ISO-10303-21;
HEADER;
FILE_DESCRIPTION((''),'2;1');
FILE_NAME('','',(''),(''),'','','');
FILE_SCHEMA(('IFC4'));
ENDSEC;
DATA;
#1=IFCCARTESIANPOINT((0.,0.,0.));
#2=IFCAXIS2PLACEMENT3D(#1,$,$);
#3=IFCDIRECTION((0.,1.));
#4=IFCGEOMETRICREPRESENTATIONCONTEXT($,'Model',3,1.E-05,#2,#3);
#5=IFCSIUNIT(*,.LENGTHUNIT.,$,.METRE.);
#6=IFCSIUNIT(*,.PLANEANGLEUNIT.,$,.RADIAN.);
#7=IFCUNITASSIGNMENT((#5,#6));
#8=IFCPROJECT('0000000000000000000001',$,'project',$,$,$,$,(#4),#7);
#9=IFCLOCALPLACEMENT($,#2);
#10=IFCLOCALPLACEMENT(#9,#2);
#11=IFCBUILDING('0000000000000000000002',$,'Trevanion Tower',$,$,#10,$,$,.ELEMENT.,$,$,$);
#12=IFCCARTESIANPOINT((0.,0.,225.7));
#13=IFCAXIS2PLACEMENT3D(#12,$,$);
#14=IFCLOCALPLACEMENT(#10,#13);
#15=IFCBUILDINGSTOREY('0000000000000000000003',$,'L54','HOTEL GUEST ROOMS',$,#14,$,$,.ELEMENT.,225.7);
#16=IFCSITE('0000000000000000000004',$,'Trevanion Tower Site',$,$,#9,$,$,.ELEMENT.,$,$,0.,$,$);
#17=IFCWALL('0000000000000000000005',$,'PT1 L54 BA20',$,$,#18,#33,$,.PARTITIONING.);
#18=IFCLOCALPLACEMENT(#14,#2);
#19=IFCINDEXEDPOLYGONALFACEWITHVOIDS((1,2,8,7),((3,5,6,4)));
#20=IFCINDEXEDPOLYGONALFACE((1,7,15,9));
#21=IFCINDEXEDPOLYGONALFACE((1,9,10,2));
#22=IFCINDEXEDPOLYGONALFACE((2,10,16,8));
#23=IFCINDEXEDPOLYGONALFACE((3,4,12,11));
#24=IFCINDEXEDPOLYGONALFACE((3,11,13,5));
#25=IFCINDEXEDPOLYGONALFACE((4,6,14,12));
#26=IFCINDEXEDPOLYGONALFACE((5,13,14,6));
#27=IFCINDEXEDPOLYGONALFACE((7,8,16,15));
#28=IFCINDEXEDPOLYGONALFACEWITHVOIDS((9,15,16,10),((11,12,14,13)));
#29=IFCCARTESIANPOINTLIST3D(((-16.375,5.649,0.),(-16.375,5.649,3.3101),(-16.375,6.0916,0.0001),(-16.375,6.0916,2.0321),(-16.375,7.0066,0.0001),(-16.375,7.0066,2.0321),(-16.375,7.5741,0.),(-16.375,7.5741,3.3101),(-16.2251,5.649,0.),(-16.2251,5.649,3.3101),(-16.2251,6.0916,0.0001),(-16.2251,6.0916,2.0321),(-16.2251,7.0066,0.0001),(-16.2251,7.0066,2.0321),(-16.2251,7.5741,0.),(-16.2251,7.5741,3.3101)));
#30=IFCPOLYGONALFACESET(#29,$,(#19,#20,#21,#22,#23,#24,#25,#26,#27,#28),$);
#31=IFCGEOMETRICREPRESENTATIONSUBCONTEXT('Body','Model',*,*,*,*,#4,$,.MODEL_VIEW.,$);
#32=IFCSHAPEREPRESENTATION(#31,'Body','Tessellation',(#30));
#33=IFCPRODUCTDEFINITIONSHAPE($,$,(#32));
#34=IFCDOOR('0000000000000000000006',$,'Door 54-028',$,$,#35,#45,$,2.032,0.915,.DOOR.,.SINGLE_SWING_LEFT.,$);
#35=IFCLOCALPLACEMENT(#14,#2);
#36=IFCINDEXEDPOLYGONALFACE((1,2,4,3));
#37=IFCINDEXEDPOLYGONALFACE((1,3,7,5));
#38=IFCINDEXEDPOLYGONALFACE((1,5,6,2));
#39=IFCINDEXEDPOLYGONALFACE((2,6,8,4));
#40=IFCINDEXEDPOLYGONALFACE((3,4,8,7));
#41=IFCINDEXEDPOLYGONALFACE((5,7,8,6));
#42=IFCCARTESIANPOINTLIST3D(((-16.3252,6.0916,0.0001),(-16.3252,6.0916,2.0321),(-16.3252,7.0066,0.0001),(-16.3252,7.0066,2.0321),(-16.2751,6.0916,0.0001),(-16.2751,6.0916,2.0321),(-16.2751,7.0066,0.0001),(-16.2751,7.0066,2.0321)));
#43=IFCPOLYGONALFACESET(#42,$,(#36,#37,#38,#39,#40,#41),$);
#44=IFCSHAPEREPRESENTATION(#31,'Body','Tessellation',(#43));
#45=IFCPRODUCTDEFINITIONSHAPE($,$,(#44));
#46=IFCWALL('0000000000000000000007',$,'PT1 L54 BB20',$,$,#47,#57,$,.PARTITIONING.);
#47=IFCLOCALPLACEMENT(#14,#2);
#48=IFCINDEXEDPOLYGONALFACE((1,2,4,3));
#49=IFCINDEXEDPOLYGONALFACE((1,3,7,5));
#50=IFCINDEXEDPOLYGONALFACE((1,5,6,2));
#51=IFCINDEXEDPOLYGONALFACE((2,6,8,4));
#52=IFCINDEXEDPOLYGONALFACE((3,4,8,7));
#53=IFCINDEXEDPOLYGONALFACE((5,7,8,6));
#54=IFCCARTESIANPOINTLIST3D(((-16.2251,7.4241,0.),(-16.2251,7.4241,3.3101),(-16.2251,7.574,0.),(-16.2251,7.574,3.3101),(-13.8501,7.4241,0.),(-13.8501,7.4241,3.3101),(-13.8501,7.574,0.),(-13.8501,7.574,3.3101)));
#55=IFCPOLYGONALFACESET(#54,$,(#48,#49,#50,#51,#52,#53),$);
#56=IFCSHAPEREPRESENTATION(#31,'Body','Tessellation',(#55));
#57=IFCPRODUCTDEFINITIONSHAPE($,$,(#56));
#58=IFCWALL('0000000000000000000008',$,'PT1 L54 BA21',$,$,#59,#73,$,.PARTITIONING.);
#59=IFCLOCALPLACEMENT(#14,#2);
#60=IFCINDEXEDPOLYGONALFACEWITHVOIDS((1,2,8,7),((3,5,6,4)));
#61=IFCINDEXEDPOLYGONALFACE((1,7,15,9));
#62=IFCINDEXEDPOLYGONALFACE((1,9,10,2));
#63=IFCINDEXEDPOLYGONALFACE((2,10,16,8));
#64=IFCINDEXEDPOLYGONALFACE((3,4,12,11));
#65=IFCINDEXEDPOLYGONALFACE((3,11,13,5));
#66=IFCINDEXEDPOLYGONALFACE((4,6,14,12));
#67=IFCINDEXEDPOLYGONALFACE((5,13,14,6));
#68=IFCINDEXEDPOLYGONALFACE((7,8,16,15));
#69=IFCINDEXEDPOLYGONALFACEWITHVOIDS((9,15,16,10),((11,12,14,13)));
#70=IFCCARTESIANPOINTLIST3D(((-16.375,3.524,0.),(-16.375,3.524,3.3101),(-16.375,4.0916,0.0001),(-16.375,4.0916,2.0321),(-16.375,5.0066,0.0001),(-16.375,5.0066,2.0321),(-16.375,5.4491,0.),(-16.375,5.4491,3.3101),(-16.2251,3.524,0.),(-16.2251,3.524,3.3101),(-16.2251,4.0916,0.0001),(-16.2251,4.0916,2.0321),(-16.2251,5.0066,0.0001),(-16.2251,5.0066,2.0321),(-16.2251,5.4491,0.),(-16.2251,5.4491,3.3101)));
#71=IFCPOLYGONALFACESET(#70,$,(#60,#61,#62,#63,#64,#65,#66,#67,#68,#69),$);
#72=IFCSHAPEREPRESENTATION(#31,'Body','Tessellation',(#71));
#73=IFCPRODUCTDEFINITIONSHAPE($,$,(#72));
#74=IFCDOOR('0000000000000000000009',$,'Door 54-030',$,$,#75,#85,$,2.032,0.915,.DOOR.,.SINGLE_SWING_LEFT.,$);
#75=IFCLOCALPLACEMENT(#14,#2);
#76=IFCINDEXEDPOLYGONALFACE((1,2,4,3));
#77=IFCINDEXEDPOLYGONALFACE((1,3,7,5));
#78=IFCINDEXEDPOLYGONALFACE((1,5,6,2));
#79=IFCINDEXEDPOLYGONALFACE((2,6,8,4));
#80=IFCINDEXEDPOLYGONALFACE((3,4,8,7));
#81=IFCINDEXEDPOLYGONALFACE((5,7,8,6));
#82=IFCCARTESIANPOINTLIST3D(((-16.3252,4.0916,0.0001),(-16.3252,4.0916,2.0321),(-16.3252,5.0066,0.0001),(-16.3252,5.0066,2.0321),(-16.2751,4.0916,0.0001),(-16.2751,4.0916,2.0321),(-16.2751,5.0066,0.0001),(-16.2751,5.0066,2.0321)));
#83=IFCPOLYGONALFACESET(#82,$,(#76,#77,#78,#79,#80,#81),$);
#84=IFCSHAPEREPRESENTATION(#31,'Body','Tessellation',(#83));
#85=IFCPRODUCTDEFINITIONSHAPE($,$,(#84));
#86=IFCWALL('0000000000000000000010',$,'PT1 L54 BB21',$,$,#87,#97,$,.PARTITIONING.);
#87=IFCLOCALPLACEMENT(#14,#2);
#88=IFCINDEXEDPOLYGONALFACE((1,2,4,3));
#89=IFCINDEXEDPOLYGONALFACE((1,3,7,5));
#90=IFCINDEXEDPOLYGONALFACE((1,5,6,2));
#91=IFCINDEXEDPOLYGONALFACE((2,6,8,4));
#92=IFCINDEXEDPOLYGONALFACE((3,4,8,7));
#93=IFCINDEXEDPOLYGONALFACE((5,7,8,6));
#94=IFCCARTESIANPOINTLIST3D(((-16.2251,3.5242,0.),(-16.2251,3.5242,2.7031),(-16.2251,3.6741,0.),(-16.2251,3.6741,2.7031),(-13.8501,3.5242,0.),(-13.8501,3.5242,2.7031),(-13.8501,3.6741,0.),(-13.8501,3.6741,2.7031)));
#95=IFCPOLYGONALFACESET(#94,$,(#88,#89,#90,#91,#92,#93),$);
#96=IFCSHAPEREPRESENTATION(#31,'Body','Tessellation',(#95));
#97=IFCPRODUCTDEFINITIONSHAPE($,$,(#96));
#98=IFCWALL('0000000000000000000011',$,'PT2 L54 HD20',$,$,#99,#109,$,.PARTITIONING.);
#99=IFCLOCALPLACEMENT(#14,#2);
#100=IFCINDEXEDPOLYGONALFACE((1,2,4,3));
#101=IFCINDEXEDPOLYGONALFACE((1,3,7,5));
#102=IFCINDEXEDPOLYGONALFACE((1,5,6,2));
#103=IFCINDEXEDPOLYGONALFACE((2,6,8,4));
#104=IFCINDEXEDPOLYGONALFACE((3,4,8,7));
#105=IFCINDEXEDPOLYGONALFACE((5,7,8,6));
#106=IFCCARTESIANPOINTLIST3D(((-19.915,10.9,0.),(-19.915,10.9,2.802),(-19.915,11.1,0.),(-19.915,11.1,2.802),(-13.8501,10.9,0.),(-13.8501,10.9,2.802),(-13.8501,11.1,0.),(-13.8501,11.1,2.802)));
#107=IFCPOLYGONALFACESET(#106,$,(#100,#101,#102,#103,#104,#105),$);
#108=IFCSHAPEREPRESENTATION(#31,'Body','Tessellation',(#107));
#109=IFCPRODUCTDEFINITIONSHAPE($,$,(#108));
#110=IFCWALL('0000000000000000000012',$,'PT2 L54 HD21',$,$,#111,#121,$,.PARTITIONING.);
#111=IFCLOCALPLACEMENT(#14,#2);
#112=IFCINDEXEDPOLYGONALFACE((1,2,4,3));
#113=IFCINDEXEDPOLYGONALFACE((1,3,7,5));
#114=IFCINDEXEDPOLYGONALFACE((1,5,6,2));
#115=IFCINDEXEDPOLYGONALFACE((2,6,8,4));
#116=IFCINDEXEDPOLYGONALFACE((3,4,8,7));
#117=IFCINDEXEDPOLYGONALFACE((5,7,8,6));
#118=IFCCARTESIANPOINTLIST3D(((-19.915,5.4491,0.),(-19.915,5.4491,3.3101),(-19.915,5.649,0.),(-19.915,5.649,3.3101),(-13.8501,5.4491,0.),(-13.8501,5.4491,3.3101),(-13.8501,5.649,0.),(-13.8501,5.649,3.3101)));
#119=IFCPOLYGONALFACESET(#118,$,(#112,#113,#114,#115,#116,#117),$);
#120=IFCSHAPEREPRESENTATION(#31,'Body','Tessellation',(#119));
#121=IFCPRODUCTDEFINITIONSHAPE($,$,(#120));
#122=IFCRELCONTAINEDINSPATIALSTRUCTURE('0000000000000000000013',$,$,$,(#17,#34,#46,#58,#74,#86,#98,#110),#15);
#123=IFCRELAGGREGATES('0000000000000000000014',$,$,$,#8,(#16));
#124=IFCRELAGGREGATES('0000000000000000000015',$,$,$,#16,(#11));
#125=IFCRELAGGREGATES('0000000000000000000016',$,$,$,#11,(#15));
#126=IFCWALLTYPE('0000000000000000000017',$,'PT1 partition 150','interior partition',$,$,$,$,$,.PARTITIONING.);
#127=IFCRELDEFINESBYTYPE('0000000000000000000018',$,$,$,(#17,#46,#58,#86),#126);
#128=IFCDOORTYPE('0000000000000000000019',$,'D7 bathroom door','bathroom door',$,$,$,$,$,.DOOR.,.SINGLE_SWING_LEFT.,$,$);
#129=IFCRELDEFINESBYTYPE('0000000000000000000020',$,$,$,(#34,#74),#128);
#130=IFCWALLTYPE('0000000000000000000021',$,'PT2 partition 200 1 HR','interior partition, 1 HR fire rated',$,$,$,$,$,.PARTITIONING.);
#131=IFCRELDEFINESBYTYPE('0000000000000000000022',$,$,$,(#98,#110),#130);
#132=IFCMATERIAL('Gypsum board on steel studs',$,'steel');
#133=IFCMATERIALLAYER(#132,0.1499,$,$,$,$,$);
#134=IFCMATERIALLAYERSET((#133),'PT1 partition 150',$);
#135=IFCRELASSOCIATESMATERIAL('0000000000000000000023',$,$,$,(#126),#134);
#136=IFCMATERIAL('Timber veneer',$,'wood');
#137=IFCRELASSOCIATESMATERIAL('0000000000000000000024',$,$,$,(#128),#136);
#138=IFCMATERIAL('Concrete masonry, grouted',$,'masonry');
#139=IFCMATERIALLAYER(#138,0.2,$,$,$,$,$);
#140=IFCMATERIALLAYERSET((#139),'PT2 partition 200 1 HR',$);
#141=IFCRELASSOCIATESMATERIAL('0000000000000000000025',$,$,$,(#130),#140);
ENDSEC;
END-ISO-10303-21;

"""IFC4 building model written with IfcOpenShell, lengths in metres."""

from ifc_helpers import new_model, si_unit, direction, frame, frame_2d, origin, place, context, subcontext, project, spatial, rectangle, extrude, material, layer, layer_set, type_object, element, fill, save


model = new_model("IFC4")

# Units and contexts
model_context = context("Model", 3, precision=1e-05, world=origin(), true_north=direction((0.0, 1.0)))
body_context = subcontext(model_context, "Body", "Model", "MODEL_VIEW")
ifc_project = project(units=[si_unit("LENGTHUNIT", "METRE"), si_unit("PLANEANGLEUNIT", "RADIAN")], contexts=[model_context])

# Site, building, storey
site_placement = place(None, origin())
site = spatial("IfcSite", under=ifc_project, at=site_placement, Name="Trevanion Tower Site", CompositionType="ELEMENT", RefElevation=0.0)
building_placement = place(site_placement, origin())
building = spatial("IfcBuilding", under=site, at=building_placement, Name="Trevanion Tower", CompositionType="ELEMENT")
storey_placement = place(building_placement, frame((0.0, 0.0, 225.7)))
storey = spatial("IfcBuildingStorey", under=building, at=storey_placement, Name="L54", Description="HOTEL GUEST ROOMS", CompositionType="ELEMENT", Elevation=225.7)

# Wall, opening, door
ifc_material_1 = material(Name="Gypsum board on steel studs", Category="steel")
ifc_layer_1 = layer(ifc_material_1, 0.1499)
ifc_layer_set_1 = layer_set([ifc_layer_1], Name="PT1 partition 150")
wall_type_1 = type_object("IfcWallType", Name="PT1 partition 150", Description="interior partition", PredefinedType="PARTITIONING", material=ifc_layer_set_1)
wall_1_placement = place(storey_placement, frame((-16.3, 7.574, 0.0), z_axis=(0.0, 0.0, 1.0), x_axis=(0.0, -1.0, 0.0)))
wall_1 = element("IfcWall", 1, at=wall_1_placement, inside=storey, type_object=wall_type_1, Name="PT1 L54 BA20", PredefinedType="PARTITIONING", context=body_context, shape_type="SweptSolid", body=[
    extrude(rectangle(XDim=1.925, YDim=0.1499, at=frame_2d((0.9624, 0.0))), origin(), (0.0, 0.0, 1.0), 3.3101),
])
opening_1_placement = place(wall_1_placement, frame((0.5674, 0.0, 0.0)))
opening_1 = element("IfcOpeningElement", 2, at=opening_1_placement, cuts=wall_1, PredefinedType="OPENING", context=body_context, shape_type="SweptSolid", body=[
    extrude(rectangle(XDim=0.915, YDim=2.032, at=frame_2d((0.4575, 1.0161))), frame((0.0, 0.085, 0.0), z_axis=(0.0, -1.0, 0.0), x_axis=(1.0, 0.0, 0.0)), (0.0, 0.0, 1.0), 0.1699),
])
ifc_material_2 = material(Name="Timber veneer", Category="wood")
door_type = type_object("IfcDoorType", Name="D7 bathroom door", Description="bathroom door", OperationType="SINGLE_SWING_LEFT", PredefinedType="DOOR", material=ifc_material_2)
door_1_placement = place(opening_1_placement, origin())
door_1 = element("IfcDoor", 3, at=door_1_placement, inside=storey, type_object=door_type, Name="Door 54-028", OperationType="SINGLE_SWING_LEFT", OverallHeight=2.032, OverallWidth=0.915, PredefinedType="DOOR", context=body_context, shape_type="SweptSolid", body=[
    extrude(rectangle(XDim=0.915, YDim=2.032, at=frame_2d((0.4575, 1.0161))), frame((0.0, 0.0249, 0.0), z_axis=(0.0, -1.0, 0.0), x_axis=(1.0, 0.0, 0.0)), (0.0, 0.0, 1.0), 0.05),
])
fill(opening_1, door_1)

# Wall
wall_2_placement = place(storey_placement, frame((-13.8501, 7.499, 0.0), z_axis=(0.0, 0.0, 1.0), x_axis=(-1.0, 0.0, 0.0)))
element("IfcWall", 4, at=wall_2_placement, inside=storey, type_object=wall_type_1, Name="PT1 L54 BB20", PredefinedType="PARTITIONING", context=body_context, shape_type="SweptSolid", body=[
    extrude(rectangle(XDim=2.375, YDim=0.1499, at=frame_2d((1.1875, 0.0))), origin(), (0.0, 0.0, 1.0), 3.3101),
])

# Wall, opening, door
wall_3_placement = place(storey_placement, frame((-16.3, 5.449, 0.0), z_axis=(0.0, 0.0, 1.0), x_axis=(0.0, -1.0, 0.0)))
wall_3 = element("IfcWall", 5, at=wall_3_placement, inside=storey, type_object=wall_type_1, Name="PT1 L54 BA21", PredefinedType="PARTITIONING", context=body_context, shape_type="SweptSolid", body=[
    extrude(rectangle(XDim=1.925, YDim=0.1499, at=frame_2d((0.9624, 0.0))), origin(), (0.0, 0.0, 1.0), 3.3101),
])
opening_2_placement = place(wall_3_placement, frame((0.4424, 0.0, 0.0)))
opening_2 = element("IfcOpeningElement", 6, at=opening_2_placement, cuts=wall_3, PredefinedType="OPENING", context=body_context, shape_type="SweptSolid", body=[
    extrude(rectangle(XDim=0.915, YDim=2.032, at=frame_2d((0.4575, 1.0161))), frame((0.0, 0.085, 0.0), z_axis=(0.0, -1.0, 0.0), x_axis=(1.0, 0.0, 0.0)), (0.0, 0.0, 1.0), 0.1699),
])
door_2_placement = place(opening_2_placement, origin())
door_2 = element("IfcDoor", 7, at=door_2_placement, inside=storey, type_object=door_type, Name="Door 54-030", OperationType="SINGLE_SWING_LEFT", OverallHeight=2.032, OverallWidth=0.915, PredefinedType="DOOR", context=body_context, shape_type="SweptSolid", body=[
    extrude(rectangle(XDim=0.915, YDim=2.032, at=frame_2d((0.4575, 1.0161))), frame((0.0, 0.0249, 0.0), z_axis=(0.0, -1.0, 0.0), x_axis=(1.0, 0.0, 0.0)), (0.0, 0.0, 1.0), 0.05),
])
fill(opening_2, door_2)

# Walls
wall_4_placement = place(storey_placement, frame((-13.8501, 3.5991, 0.0), z_axis=(0.0, 0.0, 1.0), x_axis=(-1.0, 0.0, 0.0)))
element("IfcWall", 8, at=wall_4_placement, inside=storey, type_object=wall_type_1, Name="PT1 L54 BB21", PredefinedType="PARTITIONING", context=body_context, shape_type="SweptSolid", body=[
    extrude(rectangle(XDim=2.375, YDim=0.1499, at=frame_2d((1.1875, 0.0))), origin(), (0.0, 0.0, 1.0), 2.7031),
])
ifc_material_3 = material(Name="Concrete masonry, grouted", Category="masonry")
ifc_layer_2 = layer(ifc_material_3, 0.2)
ifc_layer_set_2 = layer_set([ifc_layer_2], Name="PT2 partition 200 1 HR")
wall_type_2 = type_object("IfcWallType", Name="PT2 partition 200 1 HR", Description="interior partition, 1 HR fire rated", PredefinedType="PARTITIONING", material=ifc_layer_set_2)
wall_5_placement = place(storey_placement, frame((-13.8501, 11.0, 0.0), z_axis=(0.0, 0.0, 1.0), x_axis=(-1.0, 0.0, 0.0)))
element("IfcWall", 9, at=wall_5_placement, inside=storey, type_object=wall_type_2, Name="PT2 L54 HD20", PredefinedType="PARTITIONING", context=body_context, shape_type="SweptSolid", body=[
    extrude(rectangle(XDim=6.0649, YDim=0.2, at=frame_2d((3.0325, 0.0))), origin(), (0.0, 0.0, 1.0), 2.802),
])
wall_6_placement = place(storey_placement, frame((-13.8501, 5.5491, 0.0), z_axis=(0.0, 0.0, 1.0), x_axis=(-1.0, 0.0, 0.0)))
element("IfcWall", 10, at=wall_6_placement, inside=storey, type_object=wall_type_2, Name="PT2 L54 HD21", PredefinedType="PARTITIONING", context=body_context, shape_type="SweptSolid", body=[
    extrude(rectangle(XDim=6.0649, YDim=0.2, at=frame_2d((3.0325, 0.0))), origin(), (0.0, 0.0, 1.0), 3.3101),
])

save(model, "model.ifc")
